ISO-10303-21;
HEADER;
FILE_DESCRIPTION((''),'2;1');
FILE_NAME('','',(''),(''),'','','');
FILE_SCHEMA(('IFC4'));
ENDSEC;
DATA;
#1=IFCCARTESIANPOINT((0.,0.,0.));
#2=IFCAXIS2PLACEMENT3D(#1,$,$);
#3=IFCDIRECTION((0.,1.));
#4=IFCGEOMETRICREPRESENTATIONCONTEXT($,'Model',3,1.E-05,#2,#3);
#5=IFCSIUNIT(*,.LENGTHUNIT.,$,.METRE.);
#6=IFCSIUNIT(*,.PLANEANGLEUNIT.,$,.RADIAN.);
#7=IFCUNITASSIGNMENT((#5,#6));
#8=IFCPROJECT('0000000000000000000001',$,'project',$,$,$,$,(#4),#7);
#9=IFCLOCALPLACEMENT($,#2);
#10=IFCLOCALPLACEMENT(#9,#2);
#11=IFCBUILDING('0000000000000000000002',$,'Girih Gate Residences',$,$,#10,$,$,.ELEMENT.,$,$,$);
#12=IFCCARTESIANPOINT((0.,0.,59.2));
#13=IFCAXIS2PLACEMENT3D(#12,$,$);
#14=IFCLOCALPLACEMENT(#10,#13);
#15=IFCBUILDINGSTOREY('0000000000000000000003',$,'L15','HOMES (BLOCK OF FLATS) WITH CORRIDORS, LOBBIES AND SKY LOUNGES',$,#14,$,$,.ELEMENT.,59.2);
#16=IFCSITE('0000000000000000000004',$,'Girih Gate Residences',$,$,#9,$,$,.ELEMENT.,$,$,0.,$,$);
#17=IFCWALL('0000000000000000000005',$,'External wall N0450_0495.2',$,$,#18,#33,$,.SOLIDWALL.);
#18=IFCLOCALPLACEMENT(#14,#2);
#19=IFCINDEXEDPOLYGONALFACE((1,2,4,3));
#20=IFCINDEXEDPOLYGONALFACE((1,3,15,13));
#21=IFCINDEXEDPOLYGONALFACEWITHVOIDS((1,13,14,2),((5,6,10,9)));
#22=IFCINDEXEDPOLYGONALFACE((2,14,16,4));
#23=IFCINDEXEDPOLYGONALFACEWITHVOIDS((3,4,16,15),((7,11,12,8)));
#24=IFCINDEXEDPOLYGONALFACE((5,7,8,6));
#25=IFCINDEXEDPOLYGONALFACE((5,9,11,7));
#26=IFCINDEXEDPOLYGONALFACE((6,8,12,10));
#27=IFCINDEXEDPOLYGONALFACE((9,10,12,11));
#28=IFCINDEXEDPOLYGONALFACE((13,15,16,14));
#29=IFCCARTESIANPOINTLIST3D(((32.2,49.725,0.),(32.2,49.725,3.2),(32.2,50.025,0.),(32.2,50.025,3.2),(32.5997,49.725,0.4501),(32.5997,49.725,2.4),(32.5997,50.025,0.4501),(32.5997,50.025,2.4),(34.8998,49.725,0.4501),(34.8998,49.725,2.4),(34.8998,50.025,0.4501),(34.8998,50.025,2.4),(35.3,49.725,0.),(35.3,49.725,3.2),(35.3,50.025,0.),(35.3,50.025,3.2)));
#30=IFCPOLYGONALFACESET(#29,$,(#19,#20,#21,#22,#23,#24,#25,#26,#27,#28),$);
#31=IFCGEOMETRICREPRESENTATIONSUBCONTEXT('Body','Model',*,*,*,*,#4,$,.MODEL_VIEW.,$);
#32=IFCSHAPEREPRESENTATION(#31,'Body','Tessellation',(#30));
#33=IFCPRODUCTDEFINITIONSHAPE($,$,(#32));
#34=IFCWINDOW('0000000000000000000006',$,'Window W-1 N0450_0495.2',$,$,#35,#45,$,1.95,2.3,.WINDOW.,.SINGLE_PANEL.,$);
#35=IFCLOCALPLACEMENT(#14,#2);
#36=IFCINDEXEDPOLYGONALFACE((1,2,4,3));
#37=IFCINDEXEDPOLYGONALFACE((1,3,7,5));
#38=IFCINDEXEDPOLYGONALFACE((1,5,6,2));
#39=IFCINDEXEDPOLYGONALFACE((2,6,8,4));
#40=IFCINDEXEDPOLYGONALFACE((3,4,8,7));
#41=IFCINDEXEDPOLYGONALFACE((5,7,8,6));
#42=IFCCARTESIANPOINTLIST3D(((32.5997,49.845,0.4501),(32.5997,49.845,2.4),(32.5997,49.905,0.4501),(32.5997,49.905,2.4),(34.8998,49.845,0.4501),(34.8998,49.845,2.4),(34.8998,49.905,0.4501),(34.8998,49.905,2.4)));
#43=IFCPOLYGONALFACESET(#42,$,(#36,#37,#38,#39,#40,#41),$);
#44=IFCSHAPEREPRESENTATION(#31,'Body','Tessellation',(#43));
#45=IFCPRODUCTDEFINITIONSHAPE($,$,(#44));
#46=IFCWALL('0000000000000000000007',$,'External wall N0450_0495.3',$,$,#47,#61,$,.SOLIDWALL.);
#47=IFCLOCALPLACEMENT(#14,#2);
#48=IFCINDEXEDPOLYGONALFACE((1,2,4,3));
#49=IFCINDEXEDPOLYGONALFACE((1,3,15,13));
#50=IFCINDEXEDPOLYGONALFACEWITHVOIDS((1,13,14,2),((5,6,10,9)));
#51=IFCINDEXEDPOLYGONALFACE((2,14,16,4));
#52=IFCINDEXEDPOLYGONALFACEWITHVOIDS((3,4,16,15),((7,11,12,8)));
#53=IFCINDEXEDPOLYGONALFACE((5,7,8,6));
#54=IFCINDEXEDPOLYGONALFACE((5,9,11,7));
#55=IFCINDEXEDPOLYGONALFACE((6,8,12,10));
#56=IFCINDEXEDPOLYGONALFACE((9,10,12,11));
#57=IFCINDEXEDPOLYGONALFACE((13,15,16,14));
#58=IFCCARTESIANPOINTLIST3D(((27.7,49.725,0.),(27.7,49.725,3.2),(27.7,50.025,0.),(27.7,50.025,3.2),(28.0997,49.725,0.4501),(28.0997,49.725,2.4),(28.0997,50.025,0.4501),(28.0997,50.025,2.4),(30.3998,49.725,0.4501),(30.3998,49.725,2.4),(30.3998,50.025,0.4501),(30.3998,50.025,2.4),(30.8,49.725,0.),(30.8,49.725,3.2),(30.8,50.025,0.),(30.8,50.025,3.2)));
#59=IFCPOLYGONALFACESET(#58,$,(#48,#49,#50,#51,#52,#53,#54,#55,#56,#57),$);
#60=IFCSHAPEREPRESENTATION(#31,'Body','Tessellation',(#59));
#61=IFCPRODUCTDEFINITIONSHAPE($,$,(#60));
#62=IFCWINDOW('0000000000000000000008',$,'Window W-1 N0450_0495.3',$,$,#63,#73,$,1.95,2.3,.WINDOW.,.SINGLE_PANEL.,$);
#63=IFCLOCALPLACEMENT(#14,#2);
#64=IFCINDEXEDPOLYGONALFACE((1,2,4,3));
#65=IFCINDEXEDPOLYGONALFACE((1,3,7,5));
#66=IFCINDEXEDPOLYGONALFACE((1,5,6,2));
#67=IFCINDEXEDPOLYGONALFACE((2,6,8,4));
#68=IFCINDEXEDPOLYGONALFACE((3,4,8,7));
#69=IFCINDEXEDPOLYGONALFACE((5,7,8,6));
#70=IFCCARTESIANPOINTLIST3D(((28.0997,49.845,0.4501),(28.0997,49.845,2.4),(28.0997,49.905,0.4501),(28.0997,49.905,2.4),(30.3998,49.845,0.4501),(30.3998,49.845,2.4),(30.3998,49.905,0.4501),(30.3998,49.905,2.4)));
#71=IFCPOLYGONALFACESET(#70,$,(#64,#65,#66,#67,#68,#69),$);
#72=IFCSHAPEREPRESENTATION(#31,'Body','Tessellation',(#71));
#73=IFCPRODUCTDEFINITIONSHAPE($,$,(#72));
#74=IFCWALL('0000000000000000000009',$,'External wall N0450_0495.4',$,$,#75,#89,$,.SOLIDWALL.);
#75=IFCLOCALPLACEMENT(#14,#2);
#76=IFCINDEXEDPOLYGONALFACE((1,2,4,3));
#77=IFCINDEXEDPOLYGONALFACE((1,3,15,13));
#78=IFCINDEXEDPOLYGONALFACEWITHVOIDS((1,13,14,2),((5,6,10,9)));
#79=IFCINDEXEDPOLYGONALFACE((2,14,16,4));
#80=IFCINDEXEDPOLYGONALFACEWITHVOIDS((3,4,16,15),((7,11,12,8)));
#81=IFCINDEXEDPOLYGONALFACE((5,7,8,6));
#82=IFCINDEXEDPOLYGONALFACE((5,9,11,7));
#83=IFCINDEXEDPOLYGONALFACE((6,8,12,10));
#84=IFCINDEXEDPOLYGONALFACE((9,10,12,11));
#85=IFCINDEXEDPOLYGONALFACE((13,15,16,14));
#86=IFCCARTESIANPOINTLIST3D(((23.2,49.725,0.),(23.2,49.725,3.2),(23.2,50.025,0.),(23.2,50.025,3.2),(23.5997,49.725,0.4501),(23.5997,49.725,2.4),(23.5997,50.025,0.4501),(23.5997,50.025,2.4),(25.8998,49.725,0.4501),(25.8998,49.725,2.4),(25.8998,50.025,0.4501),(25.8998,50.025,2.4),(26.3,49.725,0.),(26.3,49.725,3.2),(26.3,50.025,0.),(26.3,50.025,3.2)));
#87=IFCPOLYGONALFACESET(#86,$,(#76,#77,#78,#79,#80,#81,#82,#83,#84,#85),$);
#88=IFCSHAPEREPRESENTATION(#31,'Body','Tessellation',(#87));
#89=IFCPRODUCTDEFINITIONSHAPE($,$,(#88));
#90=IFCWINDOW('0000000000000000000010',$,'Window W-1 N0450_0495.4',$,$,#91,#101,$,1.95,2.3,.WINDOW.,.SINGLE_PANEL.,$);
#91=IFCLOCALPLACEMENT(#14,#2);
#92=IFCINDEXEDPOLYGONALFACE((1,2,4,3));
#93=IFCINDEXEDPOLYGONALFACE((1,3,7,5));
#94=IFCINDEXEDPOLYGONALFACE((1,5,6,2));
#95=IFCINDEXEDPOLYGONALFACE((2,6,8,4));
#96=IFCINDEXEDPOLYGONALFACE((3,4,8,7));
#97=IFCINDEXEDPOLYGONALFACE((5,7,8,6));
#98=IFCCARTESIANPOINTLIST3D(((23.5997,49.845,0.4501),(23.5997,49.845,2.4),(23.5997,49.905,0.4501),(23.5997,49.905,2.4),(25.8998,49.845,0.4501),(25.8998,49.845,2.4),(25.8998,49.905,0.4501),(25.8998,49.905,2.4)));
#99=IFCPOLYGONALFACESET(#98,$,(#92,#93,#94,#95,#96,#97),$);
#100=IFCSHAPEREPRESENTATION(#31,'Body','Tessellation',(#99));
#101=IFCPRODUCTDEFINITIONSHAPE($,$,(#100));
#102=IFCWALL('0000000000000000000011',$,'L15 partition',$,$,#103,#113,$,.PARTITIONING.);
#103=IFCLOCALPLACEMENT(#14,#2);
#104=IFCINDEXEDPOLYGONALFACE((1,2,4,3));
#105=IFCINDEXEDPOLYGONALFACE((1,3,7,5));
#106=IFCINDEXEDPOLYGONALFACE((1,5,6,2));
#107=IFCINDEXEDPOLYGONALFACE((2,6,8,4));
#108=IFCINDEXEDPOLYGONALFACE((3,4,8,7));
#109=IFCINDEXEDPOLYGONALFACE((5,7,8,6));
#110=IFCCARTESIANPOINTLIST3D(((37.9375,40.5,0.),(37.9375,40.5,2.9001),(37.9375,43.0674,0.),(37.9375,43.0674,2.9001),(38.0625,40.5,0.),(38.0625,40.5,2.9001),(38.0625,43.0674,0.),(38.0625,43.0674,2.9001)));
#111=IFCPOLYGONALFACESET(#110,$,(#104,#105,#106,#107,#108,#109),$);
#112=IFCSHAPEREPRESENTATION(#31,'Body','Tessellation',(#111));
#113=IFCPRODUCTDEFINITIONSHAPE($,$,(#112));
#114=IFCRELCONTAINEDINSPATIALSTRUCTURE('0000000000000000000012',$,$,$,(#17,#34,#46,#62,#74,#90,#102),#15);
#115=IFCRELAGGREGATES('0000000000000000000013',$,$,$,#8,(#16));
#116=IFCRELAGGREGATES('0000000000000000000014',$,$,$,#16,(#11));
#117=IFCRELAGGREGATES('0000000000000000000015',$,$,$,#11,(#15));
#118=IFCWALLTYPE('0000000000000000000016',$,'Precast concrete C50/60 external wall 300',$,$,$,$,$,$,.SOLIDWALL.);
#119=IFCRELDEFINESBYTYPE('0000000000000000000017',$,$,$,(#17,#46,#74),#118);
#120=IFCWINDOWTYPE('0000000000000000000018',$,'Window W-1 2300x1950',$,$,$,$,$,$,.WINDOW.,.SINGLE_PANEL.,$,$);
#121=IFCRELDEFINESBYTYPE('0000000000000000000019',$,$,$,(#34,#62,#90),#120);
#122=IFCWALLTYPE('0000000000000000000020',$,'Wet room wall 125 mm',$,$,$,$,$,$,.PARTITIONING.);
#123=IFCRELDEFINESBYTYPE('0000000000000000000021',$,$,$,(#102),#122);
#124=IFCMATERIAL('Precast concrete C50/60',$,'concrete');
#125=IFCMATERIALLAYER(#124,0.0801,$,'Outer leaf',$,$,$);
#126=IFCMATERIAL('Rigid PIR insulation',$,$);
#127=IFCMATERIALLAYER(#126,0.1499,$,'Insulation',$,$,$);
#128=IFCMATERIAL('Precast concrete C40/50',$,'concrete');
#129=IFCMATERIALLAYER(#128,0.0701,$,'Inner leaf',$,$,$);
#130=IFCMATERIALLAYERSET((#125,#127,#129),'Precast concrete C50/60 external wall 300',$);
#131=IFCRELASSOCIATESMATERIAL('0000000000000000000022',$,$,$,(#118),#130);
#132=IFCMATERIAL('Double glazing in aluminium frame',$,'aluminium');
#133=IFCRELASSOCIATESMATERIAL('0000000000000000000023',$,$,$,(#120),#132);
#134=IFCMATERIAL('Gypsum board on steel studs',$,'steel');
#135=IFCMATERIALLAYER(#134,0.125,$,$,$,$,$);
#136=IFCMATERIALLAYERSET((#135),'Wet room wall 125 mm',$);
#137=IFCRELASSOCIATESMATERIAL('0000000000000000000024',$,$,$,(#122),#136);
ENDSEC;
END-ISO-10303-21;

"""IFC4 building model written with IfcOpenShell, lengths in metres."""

from ifc_helpers import new_model, si_unit, direction, frame, frame_2d, origin, place, context, subcontext, project, spatial, rectangle, extrude, material, layer, layer_set, type_object, element, fill, save


model = new_model("IFC4")

# Units and contexts
model_context = context("Model", 3, precision=1e-05, world=origin(), true_north=direction((0.0, 1.0)))
body_context = subcontext(model_context, "Body", "Model", "MODEL_VIEW")
ifc_project = project(units=[si_unit("LENGTHUNIT", "METRE"), si_unit("PLANEANGLEUNIT", "RADIAN")], contexts=[model_context])

# Site, building, storey
site_placement = place(None, origin())
site = spatial("IfcSite", under=ifc_project, at=site_placement, Name="Girih Gate Residences", CompositionType="ELEMENT", RefElevation=0.0)
building_placement = place(site_placement, origin())
building = spatial("IfcBuilding", under=site, at=building_placement, Name="Girih Gate Residences", CompositionType="ELEMENT")
storey_placement = place(building_placement, frame((0.0, 0.0, 59.2)))
storey = spatial("IfcBuildingStorey", under=building, at=storey_placement, Name="L15", Description="HOMES (BLOCK OF FLATS) WITH CORRIDORS, LOBBIES AND SKY LOUNGES", CompositionType="ELEMENT", Elevation=59.2)

# Shared definitions
ifc_material_1 = material(Name="Gypsum board on steel studs", Category="steel")

# Walls, openings, windows
ifc_material_2 = material(Name="Precast concrete C50/60", Category="concrete")
ifc_layer_1 = layer(ifc_material_2, 0.0801, Name="Outer leaf")
ifc_material_3 = material(Name="Rigid PIR insulation")
ifc_layer_2 = layer(ifc_material_3, 0.1499, Name="Insulation")
ifc_material_4 = material(Name="Precast concrete C40/50", Category="concrete")
ifc_layer_3 = layer(ifc_material_4, 0.0701, Name="Inner leaf")
ifc_layer_set_1 = layer_set([ifc_layer_1, ifc_layer_2, ifc_layer_3], Name="Precast concrete C50/60 external wall 300")
wall_type_1 = type_object("IfcWallType", Name="Precast concrete C50/60 external wall 300", PredefinedType="SOLIDWALL", material=ifc_layer_set_1)
ifc_material_5 = material(Name="Double glazing in aluminium frame", Category="aluminium")
window_type = type_object("IfcWindowType", Name="Window W-1 2300x1950", PartitioningType="SINGLE_PANEL", PredefinedType="WINDOW", material=ifc_material_5)
wall_1_placement = place(storey_placement, frame((32.2, 49.875, 0.0), z_axis=(0.0, 0.0, 1.0), x_axis=(1.0, 0.0, 0.0)))
wall_1 = element("IfcWall", 1, at=wall_1_placement, inside=storey, type_object=wall_type_1, Name="External wall N0450_0495.2", PredefinedType="SOLIDWALL", context=body_context, shape_type="SweptSolid", body=[
    extrude(rectangle(XDim=3.1001, YDim=0.3, at=frame_2d((1.55, 0.0))), origin(), (0.0, 0.0, 1.0), 3.2),
])
opening_1_placement = place(wall_1_placement, frame((0.3999, 0.0, 0.45)))
opening_1 = element("IfcOpeningElement", 2, at=opening_1_placement, cuts=wall_1, PredefinedType="OPENING", context=body_context, shape_type="SweptSolid", body=[
    extrude(rectangle(XDim=2.3, YDim=1.95, at=frame_2d((1.1499, 0.9751))), frame((0.0, 0.1599, 0.0), z_axis=(0.0, -1.0, 0.0), x_axis=(1.0, 0.0, 0.0)), (0.0, 0.0, 1.0), 0.3201),
])
window_1_placement = place(opening_1_placement, origin())
window_1 = element("IfcWindow", 3, at=window_1_placement, inside=storey, type_object=window_type, Name="Window W-1 N0450_0495.2", OverallHeight=1.95, OverallWidth=2.3, PartitioningType="SINGLE_PANEL", PredefinedType="WINDOW", context=body_context, shape_type="SweptSolid", body=[
    extrude(rectangle(XDim=2.3, YDim=1.95, at=frame_2d((1.1499, 0.9751))), frame((0.0, 0.03, 0.0), z_axis=(0.0, -1.0, 0.0), x_axis=(1.0, 0.0, 0.0)), (0.0, 0.0, 1.0), 0.0601),
])
fill(opening_1, window_1)
wall_2_placement = place(storey_placement, frame((27.7, 49.875, 0.0), z_axis=(0.0, 0.0, 1.0), x_axis=(1.0, 0.0, 0.0)))
wall_2 = element("IfcWall", 4, at=wall_2_placement, inside=storey, type_object=wall_type_1, Name="External wall N0450_0495.3", PredefinedType="SOLIDWALL", context=body_context, shape_type="SweptSolid", body=[
    extrude(rectangle(XDim=3.1001, YDim=0.3, at=frame_2d((1.55, 0.0))), origin(), (0.0, 0.0, 1.0), 3.2),
])
opening_2_placement = place(wall_2_placement, frame((0.3999, 0.0, 0.45)))
opening_2 = element("IfcOpeningElement", 5, at=opening_2_placement, cuts=wall_2, PredefinedType="OPENING", context=body_context, shape_type="SweptSolid", body=[
    extrude(rectangle(XDim=2.3, YDim=1.95, at=frame_2d((1.1499, 0.9751))), frame((0.0, 0.1599, 0.0), z_axis=(0.0, -1.0, 0.0), x_axis=(1.0, 0.0, 0.0)), (0.0, 0.0, 1.0), 0.3201),
])
window_2_placement = place(opening_2_placement, origin())
window_2 = element("IfcWindow", 6, at=window_2_placement, inside=storey, type_object=window_type, Name="Window W-1 N0450_0495.3", OverallHeight=1.95, OverallWidth=2.3, PartitioningType="SINGLE_PANEL", PredefinedType="WINDOW", context=body_context, shape_type="SweptSolid", body=[
    extrude(rectangle(XDim=2.3, YDim=1.95, at=frame_2d((1.1499, 0.9751))), frame((0.0, 0.03, 0.0), z_axis=(0.0, -1.0, 0.0), x_axis=(1.0, 0.0, 0.0)), (0.0, 0.0, 1.0), 0.0601),
])
fill(opening_2, window_2)
wall_3_placement = place(storey_placement, frame((23.2, 49.875, 0.0), z_axis=(0.0, 0.0, 1.0), x_axis=(1.0, 0.0, 0.0)))
wall_3 = element("IfcWall", 7, at=wall_3_placement, inside=storey, type_object=wall_type_1, Name="External wall N0450_0495.4", PredefinedType="SOLIDWALL", context=body_context, shape_type="SweptSolid", body=[
    extrude(rectangle(XDim=3.1001, YDim=0.3, at=frame_2d((1.55, 0.0))), origin(), (0.0, 0.0, 1.0), 3.2),
])
opening_3_placement = place(wall_3_placement, frame((0.3999, 0.0, 0.45)))
opening_3 = element("IfcOpeningElement", 8, at=opening_3_placement, cuts=wall_3, PredefinedType="OPENING", context=body_context, shape_type="SweptSolid", body=[
    extrude(rectangle(XDim=2.3, YDim=1.95, at=frame_2d((1.1499, 0.9751))), frame((0.0, 0.1599, 0.0), z_axis=(0.0, -1.0, 0.0), x_axis=(1.0, 0.0, 0.0)), (0.0, 0.0, 1.0), 0.3201),
])
window_3_placement = place(opening_3_placement, origin())
window_3 = element("IfcWindow", 9, at=window_3_placement, inside=storey, type_object=window_type, Name="Window W-1 N0450_0495.4", OverallHeight=1.95, OverallWidth=2.3, PartitioningType="SINGLE_PANEL", PredefinedType="WINDOW", context=body_context, shape_type="SweptSolid", body=[
    extrude(rectangle(XDim=2.3, YDim=1.95, at=frame_2d((1.1499, 0.9751))), frame((0.0, 0.03, 0.0), z_axis=(0.0, -1.0, 0.0), x_axis=(1.0, 0.0, 0.0)), (0.0, 0.0, 1.0), 0.0601),
])
fill(opening_3, window_3)

# Wall
ifc_layer_4 = layer(ifc_material_1, 0.125)
ifc_layer_set_2 = layer_set([ifc_layer_4], Name="Wet room wall 125 mm")
wall_type_2 = type_object("IfcWallType", Name="Wet room wall 125 mm", PredefinedType="PARTITIONING", material=ifc_layer_set_2)
wall_4_placement = place(storey_placement, frame((38.0, 40.5, 0.0), z_axis=(0.0, 0.0, 1.0), x_axis=(0.0, 1.0, 0.0)))
element("IfcWall", 10, at=wall_4_placement, inside=storey, type_object=wall_type_2, Name="L15 partition", PredefinedType="PARTITIONING", context=body_context, shape_type="SweptSolid", body=[
    extrude(rectangle(XDim=2.5674, YDim=0.125, at=frame_2d((1.2837, 0.0))), origin(), (0.0, 0.0, 1.0), 2.9001),
])

save(model, "model.ifc")
